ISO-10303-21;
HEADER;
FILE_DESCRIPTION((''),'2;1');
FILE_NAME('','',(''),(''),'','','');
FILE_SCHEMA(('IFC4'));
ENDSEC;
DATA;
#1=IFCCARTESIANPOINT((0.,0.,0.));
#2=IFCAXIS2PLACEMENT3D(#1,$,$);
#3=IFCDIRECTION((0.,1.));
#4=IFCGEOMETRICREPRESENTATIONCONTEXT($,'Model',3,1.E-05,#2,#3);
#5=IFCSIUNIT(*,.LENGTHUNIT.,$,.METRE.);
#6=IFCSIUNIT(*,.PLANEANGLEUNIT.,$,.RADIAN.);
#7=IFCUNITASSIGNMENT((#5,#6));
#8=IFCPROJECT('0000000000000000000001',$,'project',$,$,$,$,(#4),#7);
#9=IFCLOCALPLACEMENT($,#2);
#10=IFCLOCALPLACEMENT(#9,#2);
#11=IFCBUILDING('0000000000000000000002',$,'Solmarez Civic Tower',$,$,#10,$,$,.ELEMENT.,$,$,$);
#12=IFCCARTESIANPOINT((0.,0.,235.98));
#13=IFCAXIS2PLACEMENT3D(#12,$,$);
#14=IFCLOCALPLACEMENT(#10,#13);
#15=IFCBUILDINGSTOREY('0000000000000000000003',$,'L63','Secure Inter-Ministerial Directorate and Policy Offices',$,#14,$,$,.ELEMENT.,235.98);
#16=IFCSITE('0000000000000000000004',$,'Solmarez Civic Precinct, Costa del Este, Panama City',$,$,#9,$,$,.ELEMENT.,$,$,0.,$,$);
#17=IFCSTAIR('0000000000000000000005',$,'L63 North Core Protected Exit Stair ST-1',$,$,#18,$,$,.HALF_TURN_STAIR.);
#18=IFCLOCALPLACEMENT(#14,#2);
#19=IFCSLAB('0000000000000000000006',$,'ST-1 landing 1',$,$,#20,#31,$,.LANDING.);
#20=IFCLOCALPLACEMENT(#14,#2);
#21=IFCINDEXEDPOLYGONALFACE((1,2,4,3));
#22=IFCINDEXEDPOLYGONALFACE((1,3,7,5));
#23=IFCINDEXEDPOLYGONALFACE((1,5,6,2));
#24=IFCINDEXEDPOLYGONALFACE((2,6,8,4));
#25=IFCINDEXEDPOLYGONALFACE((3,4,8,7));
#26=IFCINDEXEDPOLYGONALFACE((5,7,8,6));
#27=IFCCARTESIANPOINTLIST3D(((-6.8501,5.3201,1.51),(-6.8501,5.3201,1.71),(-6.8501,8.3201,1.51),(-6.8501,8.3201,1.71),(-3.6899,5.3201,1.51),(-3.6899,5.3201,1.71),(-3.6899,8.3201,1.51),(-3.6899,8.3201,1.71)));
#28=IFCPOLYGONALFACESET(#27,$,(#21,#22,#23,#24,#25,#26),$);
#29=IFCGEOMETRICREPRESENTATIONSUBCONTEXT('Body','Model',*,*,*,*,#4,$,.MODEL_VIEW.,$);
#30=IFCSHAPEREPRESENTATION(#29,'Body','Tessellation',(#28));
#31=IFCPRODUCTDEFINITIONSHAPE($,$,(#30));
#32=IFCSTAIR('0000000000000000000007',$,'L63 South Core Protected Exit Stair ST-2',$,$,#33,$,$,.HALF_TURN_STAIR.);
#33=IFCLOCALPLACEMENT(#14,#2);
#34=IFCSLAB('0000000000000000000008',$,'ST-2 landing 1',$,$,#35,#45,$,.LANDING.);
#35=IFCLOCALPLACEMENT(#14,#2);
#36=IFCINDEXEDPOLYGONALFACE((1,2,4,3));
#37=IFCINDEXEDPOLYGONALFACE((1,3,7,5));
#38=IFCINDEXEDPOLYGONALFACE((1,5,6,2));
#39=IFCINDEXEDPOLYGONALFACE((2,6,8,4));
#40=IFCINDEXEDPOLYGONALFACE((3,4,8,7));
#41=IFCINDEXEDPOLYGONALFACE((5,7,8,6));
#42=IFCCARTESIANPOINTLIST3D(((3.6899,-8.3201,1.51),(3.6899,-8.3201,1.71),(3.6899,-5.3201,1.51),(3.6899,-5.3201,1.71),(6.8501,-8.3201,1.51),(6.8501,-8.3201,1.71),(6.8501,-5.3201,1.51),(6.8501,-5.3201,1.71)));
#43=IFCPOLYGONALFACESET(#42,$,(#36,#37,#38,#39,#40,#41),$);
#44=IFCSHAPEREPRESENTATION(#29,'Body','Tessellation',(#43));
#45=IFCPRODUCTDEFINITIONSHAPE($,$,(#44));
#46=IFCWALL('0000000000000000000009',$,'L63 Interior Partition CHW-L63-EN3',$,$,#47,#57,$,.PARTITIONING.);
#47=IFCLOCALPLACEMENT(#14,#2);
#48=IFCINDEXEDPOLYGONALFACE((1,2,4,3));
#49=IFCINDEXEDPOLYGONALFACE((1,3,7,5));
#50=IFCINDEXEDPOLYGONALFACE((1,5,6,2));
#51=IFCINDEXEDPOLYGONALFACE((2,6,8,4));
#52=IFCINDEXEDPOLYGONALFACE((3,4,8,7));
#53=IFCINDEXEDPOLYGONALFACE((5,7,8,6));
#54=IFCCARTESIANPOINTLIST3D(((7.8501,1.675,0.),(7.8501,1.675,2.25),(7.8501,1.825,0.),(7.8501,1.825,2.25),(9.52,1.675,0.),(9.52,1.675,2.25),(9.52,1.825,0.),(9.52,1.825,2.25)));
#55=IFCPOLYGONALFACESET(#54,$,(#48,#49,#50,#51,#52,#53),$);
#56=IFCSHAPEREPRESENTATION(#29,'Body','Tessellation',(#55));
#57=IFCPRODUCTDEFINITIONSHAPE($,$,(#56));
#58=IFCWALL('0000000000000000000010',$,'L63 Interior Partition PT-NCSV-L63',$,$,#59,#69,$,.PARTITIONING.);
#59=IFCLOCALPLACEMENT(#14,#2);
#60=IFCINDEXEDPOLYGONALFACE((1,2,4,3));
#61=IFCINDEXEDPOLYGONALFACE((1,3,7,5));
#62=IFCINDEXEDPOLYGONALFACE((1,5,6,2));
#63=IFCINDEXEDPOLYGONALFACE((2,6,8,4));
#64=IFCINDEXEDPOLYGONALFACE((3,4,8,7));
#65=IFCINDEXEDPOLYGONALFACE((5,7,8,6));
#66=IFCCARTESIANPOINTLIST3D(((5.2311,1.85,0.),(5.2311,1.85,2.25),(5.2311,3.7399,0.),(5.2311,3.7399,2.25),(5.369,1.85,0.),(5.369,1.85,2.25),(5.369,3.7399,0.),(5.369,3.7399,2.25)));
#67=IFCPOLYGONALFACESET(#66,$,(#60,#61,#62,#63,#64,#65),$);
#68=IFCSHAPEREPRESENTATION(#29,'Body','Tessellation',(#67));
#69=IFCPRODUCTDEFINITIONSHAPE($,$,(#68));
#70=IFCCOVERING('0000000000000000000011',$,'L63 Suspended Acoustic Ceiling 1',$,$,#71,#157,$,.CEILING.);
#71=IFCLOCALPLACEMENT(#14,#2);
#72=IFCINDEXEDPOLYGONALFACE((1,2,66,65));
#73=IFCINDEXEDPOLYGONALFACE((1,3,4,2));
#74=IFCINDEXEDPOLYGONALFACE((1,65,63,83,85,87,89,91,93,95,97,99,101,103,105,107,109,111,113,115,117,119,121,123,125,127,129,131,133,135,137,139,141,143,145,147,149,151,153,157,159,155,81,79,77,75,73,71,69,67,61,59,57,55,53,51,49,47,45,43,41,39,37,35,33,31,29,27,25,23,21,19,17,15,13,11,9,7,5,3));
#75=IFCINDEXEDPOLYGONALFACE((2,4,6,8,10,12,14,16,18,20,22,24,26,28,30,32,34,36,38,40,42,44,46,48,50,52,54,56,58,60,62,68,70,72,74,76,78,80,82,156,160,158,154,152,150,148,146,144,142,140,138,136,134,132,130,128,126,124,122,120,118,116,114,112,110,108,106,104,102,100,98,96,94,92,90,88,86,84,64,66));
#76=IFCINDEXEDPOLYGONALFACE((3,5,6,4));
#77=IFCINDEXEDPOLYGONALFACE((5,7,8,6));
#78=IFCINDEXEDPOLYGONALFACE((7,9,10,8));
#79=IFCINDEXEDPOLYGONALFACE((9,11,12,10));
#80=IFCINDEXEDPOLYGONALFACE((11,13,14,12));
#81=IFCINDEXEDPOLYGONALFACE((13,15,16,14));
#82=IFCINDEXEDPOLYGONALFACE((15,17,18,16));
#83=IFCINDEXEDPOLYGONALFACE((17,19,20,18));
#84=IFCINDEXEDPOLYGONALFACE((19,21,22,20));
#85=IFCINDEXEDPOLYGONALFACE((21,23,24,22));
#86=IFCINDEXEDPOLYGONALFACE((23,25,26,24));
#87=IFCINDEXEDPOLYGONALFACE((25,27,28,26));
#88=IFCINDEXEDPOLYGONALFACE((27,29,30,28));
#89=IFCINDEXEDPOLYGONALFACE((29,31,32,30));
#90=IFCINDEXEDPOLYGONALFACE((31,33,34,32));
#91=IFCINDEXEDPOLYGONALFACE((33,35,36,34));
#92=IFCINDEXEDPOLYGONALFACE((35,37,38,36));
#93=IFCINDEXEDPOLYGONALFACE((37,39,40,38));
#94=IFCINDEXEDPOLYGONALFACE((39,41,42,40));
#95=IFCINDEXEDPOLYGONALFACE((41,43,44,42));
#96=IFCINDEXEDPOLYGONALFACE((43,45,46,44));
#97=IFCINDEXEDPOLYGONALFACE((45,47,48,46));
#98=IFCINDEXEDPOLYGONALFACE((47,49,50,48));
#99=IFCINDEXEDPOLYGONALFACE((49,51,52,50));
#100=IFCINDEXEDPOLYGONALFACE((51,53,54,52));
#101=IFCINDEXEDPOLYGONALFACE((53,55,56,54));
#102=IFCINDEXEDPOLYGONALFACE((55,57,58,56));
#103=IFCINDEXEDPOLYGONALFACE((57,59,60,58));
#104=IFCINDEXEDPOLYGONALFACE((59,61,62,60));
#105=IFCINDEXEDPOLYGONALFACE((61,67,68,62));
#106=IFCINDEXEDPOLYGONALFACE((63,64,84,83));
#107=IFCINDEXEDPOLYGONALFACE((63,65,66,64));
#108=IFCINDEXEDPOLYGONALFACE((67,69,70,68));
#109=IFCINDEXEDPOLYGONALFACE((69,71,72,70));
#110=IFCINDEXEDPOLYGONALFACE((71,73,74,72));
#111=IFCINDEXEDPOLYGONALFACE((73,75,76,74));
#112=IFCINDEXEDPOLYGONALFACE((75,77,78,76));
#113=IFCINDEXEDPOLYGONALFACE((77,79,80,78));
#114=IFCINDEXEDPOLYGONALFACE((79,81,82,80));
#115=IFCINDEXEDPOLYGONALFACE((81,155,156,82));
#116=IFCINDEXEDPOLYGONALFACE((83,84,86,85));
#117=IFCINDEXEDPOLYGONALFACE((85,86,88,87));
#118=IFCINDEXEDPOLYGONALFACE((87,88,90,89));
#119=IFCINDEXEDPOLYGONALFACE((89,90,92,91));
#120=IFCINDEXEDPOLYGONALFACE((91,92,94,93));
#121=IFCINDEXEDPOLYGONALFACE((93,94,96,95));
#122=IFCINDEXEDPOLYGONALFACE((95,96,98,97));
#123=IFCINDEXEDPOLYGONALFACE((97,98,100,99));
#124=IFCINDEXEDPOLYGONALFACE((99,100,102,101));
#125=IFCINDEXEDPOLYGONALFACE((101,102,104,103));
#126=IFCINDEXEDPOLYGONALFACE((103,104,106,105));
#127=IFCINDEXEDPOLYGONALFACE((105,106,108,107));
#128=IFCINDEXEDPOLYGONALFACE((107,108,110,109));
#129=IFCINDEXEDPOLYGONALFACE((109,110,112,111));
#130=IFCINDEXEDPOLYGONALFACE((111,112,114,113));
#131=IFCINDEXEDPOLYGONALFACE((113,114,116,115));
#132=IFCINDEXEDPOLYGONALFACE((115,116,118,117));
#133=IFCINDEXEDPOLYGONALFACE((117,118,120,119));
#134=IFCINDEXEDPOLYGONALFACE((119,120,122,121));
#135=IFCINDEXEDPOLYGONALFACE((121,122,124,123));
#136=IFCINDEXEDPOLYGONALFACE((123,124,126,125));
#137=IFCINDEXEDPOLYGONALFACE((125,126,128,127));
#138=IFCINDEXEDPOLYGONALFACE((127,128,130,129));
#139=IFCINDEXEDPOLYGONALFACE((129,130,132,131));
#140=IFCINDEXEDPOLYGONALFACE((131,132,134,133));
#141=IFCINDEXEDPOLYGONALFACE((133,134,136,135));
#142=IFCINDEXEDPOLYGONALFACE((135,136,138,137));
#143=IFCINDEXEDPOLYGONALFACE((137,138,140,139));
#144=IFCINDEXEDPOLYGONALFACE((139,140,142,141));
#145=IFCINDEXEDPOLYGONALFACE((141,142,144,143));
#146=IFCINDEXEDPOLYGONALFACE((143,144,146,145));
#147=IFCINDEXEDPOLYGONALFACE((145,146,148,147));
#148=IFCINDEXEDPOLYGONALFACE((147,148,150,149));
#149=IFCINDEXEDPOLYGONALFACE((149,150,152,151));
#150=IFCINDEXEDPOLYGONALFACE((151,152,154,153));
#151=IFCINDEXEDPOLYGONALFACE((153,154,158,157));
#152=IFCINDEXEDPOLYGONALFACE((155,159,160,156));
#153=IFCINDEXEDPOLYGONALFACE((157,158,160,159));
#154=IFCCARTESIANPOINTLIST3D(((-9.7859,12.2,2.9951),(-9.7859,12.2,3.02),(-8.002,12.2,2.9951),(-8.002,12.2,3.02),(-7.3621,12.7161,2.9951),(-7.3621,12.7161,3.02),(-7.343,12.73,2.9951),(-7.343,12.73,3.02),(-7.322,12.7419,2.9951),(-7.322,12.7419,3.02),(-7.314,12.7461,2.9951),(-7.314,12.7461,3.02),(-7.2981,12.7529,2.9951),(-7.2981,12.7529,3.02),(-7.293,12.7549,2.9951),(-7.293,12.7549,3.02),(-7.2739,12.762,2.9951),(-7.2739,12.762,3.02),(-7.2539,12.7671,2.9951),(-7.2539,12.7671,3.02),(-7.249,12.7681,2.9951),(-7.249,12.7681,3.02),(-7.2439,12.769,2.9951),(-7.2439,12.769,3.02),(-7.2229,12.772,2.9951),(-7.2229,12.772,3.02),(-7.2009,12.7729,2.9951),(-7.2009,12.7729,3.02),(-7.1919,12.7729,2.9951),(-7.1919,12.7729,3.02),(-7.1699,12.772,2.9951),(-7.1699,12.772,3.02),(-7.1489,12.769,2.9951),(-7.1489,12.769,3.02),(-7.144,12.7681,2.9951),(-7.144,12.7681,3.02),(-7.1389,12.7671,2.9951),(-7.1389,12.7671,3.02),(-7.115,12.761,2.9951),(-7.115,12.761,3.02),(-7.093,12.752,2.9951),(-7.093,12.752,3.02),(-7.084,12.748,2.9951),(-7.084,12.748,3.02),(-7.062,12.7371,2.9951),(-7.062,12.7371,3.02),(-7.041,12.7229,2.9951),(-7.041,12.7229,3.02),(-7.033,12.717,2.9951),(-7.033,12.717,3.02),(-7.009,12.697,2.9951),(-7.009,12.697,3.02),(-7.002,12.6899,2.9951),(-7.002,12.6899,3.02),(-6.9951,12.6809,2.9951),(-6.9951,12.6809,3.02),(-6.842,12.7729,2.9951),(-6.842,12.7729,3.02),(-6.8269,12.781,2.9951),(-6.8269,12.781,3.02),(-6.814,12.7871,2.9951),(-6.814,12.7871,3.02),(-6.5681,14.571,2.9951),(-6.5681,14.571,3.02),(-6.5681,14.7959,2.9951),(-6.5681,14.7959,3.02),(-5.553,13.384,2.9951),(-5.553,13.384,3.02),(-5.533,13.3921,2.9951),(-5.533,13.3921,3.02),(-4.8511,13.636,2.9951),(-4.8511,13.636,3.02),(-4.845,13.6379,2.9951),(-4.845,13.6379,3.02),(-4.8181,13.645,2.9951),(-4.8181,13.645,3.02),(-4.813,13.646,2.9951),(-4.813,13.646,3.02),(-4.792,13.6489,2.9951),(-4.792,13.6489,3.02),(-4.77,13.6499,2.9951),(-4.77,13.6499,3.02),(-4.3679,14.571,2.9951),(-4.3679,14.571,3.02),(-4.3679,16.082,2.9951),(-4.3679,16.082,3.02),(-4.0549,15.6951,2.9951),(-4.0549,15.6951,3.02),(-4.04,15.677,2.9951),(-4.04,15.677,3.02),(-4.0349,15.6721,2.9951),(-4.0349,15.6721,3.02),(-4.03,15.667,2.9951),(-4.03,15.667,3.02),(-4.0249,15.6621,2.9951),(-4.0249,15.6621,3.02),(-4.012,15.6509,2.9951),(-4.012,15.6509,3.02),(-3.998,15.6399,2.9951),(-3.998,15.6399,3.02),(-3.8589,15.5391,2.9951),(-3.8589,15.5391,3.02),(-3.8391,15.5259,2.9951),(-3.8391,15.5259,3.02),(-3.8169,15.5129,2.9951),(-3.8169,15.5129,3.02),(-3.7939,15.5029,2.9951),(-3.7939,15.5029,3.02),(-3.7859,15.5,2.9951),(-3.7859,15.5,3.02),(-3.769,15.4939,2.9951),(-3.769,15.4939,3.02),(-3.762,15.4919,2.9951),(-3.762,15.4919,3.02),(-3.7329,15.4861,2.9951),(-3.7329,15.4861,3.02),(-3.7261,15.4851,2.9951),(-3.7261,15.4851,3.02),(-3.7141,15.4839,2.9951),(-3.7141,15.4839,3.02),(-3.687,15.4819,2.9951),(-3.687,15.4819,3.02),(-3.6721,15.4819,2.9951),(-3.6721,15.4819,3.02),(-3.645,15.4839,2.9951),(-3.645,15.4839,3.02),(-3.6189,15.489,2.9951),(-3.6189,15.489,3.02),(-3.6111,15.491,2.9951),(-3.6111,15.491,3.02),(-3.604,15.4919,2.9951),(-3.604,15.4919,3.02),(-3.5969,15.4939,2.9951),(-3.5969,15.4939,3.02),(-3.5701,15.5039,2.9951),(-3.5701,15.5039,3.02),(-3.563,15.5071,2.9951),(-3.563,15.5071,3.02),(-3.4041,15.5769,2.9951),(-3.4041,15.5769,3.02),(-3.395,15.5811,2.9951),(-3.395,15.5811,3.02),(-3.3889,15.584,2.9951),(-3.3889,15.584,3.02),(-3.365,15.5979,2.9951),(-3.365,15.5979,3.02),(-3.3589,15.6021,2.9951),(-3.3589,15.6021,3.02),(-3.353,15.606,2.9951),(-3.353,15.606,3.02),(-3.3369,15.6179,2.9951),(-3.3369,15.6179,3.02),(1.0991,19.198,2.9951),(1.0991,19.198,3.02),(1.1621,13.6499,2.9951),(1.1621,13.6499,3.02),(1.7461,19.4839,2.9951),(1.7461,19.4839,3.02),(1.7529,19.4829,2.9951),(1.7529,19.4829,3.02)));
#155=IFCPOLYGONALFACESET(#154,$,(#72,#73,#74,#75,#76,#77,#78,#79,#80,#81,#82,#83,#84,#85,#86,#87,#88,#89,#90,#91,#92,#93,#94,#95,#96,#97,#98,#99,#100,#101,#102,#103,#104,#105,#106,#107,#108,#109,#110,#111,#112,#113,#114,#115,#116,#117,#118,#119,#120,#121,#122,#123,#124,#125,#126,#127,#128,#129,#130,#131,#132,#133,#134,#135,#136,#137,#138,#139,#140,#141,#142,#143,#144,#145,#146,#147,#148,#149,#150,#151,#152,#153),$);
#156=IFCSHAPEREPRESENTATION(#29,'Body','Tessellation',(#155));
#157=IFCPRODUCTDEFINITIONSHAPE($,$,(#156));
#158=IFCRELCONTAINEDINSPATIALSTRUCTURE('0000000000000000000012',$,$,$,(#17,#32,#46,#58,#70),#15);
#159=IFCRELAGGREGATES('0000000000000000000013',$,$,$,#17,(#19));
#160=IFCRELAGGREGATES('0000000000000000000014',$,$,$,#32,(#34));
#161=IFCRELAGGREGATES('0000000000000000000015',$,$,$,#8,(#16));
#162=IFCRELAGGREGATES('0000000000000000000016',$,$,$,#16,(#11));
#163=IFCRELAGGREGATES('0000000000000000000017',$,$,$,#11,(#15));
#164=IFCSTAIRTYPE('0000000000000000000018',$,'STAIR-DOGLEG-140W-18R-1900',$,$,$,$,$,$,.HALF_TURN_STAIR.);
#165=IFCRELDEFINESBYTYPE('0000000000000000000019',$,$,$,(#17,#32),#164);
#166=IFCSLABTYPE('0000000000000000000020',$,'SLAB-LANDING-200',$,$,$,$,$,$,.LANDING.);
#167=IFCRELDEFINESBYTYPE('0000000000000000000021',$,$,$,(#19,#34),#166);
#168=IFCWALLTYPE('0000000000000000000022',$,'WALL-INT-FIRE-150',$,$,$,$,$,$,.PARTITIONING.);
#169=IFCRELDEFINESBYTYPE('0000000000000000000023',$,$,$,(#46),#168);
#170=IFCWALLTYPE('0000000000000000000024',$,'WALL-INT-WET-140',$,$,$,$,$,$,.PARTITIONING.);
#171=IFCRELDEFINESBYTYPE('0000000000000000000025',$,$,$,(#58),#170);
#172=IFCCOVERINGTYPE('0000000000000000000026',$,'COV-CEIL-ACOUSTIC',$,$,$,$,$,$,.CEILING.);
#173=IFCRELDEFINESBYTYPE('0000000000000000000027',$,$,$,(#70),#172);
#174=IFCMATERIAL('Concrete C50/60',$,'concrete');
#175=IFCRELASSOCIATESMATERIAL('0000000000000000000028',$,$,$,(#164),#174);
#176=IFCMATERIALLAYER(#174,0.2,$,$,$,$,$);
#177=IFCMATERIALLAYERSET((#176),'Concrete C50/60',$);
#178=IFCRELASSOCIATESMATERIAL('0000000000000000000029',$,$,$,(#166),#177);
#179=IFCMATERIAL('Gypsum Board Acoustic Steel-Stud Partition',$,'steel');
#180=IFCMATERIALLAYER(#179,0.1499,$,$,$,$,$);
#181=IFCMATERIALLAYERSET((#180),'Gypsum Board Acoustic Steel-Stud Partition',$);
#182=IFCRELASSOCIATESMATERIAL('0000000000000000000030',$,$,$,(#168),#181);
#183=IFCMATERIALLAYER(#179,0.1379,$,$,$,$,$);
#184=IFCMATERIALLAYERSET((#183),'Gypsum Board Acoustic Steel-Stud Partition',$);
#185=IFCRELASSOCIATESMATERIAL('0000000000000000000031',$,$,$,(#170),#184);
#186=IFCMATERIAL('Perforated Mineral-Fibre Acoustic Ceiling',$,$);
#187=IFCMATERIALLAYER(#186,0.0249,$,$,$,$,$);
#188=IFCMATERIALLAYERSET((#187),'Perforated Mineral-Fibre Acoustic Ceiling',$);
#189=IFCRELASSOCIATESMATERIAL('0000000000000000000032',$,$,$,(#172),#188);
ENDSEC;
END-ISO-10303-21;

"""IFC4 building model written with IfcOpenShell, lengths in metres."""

from ifc_helpers import new_model, si_unit, direction, frame, frame_2d, origin, place, context, subcontext, project, spatial, polyline, rectangle, outline, extrude, material, layer, layer_set, type_object, element, aggregate, save


model = new_model("IFC4")

# Units and contexts
model_context = context("Model", 3, precision=1e-05, world=origin(), true_north=direction((0.0, 1.0)))
body_context = subcontext(model_context, "Body", "Model", "MODEL_VIEW")
ifc_project = project(units=[si_unit("LENGTHUNIT", "METRE"), si_unit("PLANEANGLEUNIT", "RADIAN")], contexts=[model_context])

# Site, building, storey
site_placement = place(None, origin())
site = spatial("IfcSite", under=ifc_project, at=site_placement, Name="Solmarez Civic Precinct, Costa del Este, Panama City", CompositionType="ELEMENT", RefElevation=0.0)
building_placement = place(site_placement, origin())
building = spatial("IfcBuilding", under=site, at=building_placement, Name="Solmarez Civic Tower", CompositionType="ELEMENT")
storey_placement = place(building_placement, frame((0.0, 0.0, 235.98)))
storey = spatial("IfcBuildingStorey", under=building, at=storey_placement, Name="L63", Description="Secure Inter-Ministerial Directorate and Policy Offices", CompositionType="ELEMENT", Elevation=235.98)

# Stairs, slabs
ifc_material_1 = material(Name="Concrete C50/60", Category="concrete")
stair_type = type_object("IfcStairType", Name="STAIR-DOGLEG-140W-18R-1900", PredefinedType="HALF_TURN_STAIR", material=ifc_material_1)
stair_1_placement = place(storey_placement, origin())
stair_1 = element("IfcStair", 1, at=stair_1_placement, inside=storey, type_object=stair_type, Name="L63 North Core Protected Exit Stair ST-1", PredefinedType="HALF_TURN_STAIR")
ifc_layer_1 = layer(ifc_material_1, 0.2)
ifc_layer_set_1 = layer_set([ifc_layer_1], Name="Concrete C50/60")
slab_type = type_object("IfcSlabType", Name="SLAB-LANDING-200", PredefinedType="LANDING", material=ifc_layer_set_1)
slab_1_placement = place(storey_placement, frame((0.0, 0.0, 1.51)))
slab_1 = element("IfcSlab", 2, at=slab_1_placement, type_object=slab_type, Name="ST-1 landing 1", PredefinedType="LANDING", context=body_context, shape_type="SweptSolid", body=[
    extrude(outline(polyline([(-3.6899, 8.3201), (-6.8501, 8.3201), (-6.8501, 5.3201), (-3.6899, 5.3201), (-3.6899, 8.3201)])), origin(), (0.0, 0.0, 1.0), 0.2),
])
aggregate(stair_1, [slab_1])
stair_2_placement = place(storey_placement, origin())
stair_2 = element("IfcStair", 3, at=stair_2_placement, inside=storey, type_object=stair_type, Name="L63 South Core Protected Exit Stair ST-2", PredefinedType="HALF_TURN_STAIR")
slab_2_placement = place(storey_placement, frame((0.0, 0.0, 1.51)))
slab_2 = element("IfcSlab", 4, at=slab_2_placement, type_object=slab_type, Name="ST-2 landing 1", PredefinedType="LANDING", context=body_context, shape_type="SweptSolid", body=[
    extrude(outline(polyline([(3.6899, -8.3201), (6.8501, -8.3201), (6.8501, -5.3201), (3.6899, -5.3201), (3.6899, -8.3201)])), origin(), (0.0, 0.0, 1.0), 0.2),
])
aggregate(stair_2, [slab_2])

# Walls
ifc_material_2 = material(Name="Gypsum Board Acoustic Steel-Stud Partition", Category="steel")
ifc_layer_2 = layer(ifc_material_2, 0.1499)
ifc_layer_set_2 = layer_set([ifc_layer_2], Name="Gypsum Board Acoustic Steel-Stud Partition")
wall_type_1 = type_object("IfcWallType", Name="WALL-INT-FIRE-150", PredefinedType="PARTITIONING", material=ifc_layer_set_2)
wall_1_placement = place(storey_placement, frame((7.8501, 1.75, 0.0), z_axis=(0.0, 0.0, 1.0), x_axis=(1.0, 0.0, 0.0)))
element("IfcWall", 5, at=wall_1_placement, inside=storey, type_object=wall_type_1, Name="L63 Interior Partition CHW-L63-EN3", PredefinedType="PARTITIONING", context=body_context, shape_type="SweptSolid", body=[
    extrude(rectangle(XDim=1.6699, YDim=0.1499, at=frame_2d((0.835, 0.0))), origin(), (0.0, 0.0, 1.0), 2.25),
])
ifc_layer_3 = layer(ifc_material_2, 0.1379)
ifc_layer_set_3 = layer_set([ifc_layer_3], Name="Gypsum Board Acoustic Steel-Stud Partition")
wall_type_2 = type_object("IfcWallType", Name="WALL-INT-WET-140", PredefinedType="PARTITIONING", material=ifc_layer_set_3)
wall_2_placement = place(storey_placement, frame((5.3, 1.8501, 0.0), z_axis=(0.0, 0.0, 1.0), x_axis=(0.0, 1.0, 0.0)))
element("IfcWall", 6, at=wall_2_placement, inside=storey, type_object=wall_type_2, Name="L63 Interior Partition PT-NCSV-L63", PredefinedType="PARTITIONING", context=body_context, shape_type="SweptSolid", body=[
    extrude(rectangle(XDim=1.8899, YDim=0.1379, at=frame_2d((0.9448, 0.0))), origin(), (0.0, 0.0, 1.0), 2.25),
])

# Covering
ifc_material_3 = material(Name="Perforated Mineral-Fibre Acoustic Ceiling")
ifc_layer_4 = layer(ifc_material_3, 0.0249)
ifc_layer_set_4 = layer_set([ifc_layer_4], Name="Perforated Mineral-Fibre Acoustic Ceiling")
covering_type_1 = type_object("IfcCoveringType", Name="COV-CEIL-ACOUSTIC", PredefinedType="CEILING", material=ifc_layer_set_4)
covering_1_placement = place(storey_placement, frame((0.0, 0.0, 2.9951)))
element("IfcCovering", 7, at=covering_1_placement, inside=storey, type_object=covering_type_1, Name="L63 Suspended Acoustic Ceiling 1", PredefinedType="CEILING", context=body_context, shape_type="SweptSolid", body=[
    extrude(outline(polyline([(-9.7859, 12.2), (-8.002, 12.2), (-7.3621, 12.7161), (-7.343, 12.73), (-7.322, 12.7419), (-7.314, 12.7461), (-7.2981, 12.7529), (-7.293, 12.7549), (-7.2739, 12.762), (-7.2539, 12.7671), (-7.249, 12.7681), (-7.2439, 12.769), (-7.2229, 12.772), (-7.2009, 12.7729), (-7.1919, 12.7729), (-7.1699, 12.772), (-7.1489, 12.769), (-7.144, 12.7681), (-7.1389, 12.7671), (-7.115, 12.761), (-7.093, 12.752), (-7.084, 12.748), (-7.062, 12.7371), (-7.041, 12.7229), (-7.033, 12.717), (-7.009, 12.697), (-7.002, 12.6899), (-6.9951, 12.6809), (-6.842, 12.7729), (-6.8269, 12.781), (-6.814, 12.7871), (-5.553, 13.384), (-5.533, 13.3921), (-4.8511, 13.636), (-4.845, 13.6379), (-4.8181, 13.645), (-4.813, 13.646), (-4.792, 13.6489), (-4.77, 13.6499), (1.1621, 13.6499), (1.7529, 19.4829), (1.7461, 19.4839), (1.0991, 19.198), (-3.3369, 15.6179), (-3.353, 15.606), (-3.3589, 15.6021), (-3.365, 15.5979), (-3.3889, 15.584), (-3.395, 15.5811), (-3.4041, 15.5769), (-3.563, 15.5071), (-3.5701, 15.5039), (-3.5969, 15.4939), (-3.604, 15.4919), (-3.6111, 15.491), (-3.6189, 15.489), (-3.645, 15.4839), (-3.6721, 15.4819), (-3.687, 15.4819), (-3.7141, 15.4839), (-3.7261, 15.4851), (-3.7329, 15.4861), (-3.762, 15.4919), (-3.769, 15.4939), (-3.7859, 15.5), (-3.7939, 15.5029), (-3.8169, 15.5129), (-3.8391, 15.5259), (-3.8589, 15.5391), (-3.998, 15.6399), (-4.012, 15.6509), (-4.0249, 15.6621), (-4.03, 15.667), (-4.0349, 15.6721), (-4.04, 15.677), (-4.0549, 15.6951), (-4.3679, 16.082), (-4.3679, 14.571), (-6.5681, 14.571), (-6.5681, 14.7959), (-9.7859, 12.2)])), origin(), (0.0, 0.0, 1.0), 0.0249),
])

save(model, "model.ifc")
